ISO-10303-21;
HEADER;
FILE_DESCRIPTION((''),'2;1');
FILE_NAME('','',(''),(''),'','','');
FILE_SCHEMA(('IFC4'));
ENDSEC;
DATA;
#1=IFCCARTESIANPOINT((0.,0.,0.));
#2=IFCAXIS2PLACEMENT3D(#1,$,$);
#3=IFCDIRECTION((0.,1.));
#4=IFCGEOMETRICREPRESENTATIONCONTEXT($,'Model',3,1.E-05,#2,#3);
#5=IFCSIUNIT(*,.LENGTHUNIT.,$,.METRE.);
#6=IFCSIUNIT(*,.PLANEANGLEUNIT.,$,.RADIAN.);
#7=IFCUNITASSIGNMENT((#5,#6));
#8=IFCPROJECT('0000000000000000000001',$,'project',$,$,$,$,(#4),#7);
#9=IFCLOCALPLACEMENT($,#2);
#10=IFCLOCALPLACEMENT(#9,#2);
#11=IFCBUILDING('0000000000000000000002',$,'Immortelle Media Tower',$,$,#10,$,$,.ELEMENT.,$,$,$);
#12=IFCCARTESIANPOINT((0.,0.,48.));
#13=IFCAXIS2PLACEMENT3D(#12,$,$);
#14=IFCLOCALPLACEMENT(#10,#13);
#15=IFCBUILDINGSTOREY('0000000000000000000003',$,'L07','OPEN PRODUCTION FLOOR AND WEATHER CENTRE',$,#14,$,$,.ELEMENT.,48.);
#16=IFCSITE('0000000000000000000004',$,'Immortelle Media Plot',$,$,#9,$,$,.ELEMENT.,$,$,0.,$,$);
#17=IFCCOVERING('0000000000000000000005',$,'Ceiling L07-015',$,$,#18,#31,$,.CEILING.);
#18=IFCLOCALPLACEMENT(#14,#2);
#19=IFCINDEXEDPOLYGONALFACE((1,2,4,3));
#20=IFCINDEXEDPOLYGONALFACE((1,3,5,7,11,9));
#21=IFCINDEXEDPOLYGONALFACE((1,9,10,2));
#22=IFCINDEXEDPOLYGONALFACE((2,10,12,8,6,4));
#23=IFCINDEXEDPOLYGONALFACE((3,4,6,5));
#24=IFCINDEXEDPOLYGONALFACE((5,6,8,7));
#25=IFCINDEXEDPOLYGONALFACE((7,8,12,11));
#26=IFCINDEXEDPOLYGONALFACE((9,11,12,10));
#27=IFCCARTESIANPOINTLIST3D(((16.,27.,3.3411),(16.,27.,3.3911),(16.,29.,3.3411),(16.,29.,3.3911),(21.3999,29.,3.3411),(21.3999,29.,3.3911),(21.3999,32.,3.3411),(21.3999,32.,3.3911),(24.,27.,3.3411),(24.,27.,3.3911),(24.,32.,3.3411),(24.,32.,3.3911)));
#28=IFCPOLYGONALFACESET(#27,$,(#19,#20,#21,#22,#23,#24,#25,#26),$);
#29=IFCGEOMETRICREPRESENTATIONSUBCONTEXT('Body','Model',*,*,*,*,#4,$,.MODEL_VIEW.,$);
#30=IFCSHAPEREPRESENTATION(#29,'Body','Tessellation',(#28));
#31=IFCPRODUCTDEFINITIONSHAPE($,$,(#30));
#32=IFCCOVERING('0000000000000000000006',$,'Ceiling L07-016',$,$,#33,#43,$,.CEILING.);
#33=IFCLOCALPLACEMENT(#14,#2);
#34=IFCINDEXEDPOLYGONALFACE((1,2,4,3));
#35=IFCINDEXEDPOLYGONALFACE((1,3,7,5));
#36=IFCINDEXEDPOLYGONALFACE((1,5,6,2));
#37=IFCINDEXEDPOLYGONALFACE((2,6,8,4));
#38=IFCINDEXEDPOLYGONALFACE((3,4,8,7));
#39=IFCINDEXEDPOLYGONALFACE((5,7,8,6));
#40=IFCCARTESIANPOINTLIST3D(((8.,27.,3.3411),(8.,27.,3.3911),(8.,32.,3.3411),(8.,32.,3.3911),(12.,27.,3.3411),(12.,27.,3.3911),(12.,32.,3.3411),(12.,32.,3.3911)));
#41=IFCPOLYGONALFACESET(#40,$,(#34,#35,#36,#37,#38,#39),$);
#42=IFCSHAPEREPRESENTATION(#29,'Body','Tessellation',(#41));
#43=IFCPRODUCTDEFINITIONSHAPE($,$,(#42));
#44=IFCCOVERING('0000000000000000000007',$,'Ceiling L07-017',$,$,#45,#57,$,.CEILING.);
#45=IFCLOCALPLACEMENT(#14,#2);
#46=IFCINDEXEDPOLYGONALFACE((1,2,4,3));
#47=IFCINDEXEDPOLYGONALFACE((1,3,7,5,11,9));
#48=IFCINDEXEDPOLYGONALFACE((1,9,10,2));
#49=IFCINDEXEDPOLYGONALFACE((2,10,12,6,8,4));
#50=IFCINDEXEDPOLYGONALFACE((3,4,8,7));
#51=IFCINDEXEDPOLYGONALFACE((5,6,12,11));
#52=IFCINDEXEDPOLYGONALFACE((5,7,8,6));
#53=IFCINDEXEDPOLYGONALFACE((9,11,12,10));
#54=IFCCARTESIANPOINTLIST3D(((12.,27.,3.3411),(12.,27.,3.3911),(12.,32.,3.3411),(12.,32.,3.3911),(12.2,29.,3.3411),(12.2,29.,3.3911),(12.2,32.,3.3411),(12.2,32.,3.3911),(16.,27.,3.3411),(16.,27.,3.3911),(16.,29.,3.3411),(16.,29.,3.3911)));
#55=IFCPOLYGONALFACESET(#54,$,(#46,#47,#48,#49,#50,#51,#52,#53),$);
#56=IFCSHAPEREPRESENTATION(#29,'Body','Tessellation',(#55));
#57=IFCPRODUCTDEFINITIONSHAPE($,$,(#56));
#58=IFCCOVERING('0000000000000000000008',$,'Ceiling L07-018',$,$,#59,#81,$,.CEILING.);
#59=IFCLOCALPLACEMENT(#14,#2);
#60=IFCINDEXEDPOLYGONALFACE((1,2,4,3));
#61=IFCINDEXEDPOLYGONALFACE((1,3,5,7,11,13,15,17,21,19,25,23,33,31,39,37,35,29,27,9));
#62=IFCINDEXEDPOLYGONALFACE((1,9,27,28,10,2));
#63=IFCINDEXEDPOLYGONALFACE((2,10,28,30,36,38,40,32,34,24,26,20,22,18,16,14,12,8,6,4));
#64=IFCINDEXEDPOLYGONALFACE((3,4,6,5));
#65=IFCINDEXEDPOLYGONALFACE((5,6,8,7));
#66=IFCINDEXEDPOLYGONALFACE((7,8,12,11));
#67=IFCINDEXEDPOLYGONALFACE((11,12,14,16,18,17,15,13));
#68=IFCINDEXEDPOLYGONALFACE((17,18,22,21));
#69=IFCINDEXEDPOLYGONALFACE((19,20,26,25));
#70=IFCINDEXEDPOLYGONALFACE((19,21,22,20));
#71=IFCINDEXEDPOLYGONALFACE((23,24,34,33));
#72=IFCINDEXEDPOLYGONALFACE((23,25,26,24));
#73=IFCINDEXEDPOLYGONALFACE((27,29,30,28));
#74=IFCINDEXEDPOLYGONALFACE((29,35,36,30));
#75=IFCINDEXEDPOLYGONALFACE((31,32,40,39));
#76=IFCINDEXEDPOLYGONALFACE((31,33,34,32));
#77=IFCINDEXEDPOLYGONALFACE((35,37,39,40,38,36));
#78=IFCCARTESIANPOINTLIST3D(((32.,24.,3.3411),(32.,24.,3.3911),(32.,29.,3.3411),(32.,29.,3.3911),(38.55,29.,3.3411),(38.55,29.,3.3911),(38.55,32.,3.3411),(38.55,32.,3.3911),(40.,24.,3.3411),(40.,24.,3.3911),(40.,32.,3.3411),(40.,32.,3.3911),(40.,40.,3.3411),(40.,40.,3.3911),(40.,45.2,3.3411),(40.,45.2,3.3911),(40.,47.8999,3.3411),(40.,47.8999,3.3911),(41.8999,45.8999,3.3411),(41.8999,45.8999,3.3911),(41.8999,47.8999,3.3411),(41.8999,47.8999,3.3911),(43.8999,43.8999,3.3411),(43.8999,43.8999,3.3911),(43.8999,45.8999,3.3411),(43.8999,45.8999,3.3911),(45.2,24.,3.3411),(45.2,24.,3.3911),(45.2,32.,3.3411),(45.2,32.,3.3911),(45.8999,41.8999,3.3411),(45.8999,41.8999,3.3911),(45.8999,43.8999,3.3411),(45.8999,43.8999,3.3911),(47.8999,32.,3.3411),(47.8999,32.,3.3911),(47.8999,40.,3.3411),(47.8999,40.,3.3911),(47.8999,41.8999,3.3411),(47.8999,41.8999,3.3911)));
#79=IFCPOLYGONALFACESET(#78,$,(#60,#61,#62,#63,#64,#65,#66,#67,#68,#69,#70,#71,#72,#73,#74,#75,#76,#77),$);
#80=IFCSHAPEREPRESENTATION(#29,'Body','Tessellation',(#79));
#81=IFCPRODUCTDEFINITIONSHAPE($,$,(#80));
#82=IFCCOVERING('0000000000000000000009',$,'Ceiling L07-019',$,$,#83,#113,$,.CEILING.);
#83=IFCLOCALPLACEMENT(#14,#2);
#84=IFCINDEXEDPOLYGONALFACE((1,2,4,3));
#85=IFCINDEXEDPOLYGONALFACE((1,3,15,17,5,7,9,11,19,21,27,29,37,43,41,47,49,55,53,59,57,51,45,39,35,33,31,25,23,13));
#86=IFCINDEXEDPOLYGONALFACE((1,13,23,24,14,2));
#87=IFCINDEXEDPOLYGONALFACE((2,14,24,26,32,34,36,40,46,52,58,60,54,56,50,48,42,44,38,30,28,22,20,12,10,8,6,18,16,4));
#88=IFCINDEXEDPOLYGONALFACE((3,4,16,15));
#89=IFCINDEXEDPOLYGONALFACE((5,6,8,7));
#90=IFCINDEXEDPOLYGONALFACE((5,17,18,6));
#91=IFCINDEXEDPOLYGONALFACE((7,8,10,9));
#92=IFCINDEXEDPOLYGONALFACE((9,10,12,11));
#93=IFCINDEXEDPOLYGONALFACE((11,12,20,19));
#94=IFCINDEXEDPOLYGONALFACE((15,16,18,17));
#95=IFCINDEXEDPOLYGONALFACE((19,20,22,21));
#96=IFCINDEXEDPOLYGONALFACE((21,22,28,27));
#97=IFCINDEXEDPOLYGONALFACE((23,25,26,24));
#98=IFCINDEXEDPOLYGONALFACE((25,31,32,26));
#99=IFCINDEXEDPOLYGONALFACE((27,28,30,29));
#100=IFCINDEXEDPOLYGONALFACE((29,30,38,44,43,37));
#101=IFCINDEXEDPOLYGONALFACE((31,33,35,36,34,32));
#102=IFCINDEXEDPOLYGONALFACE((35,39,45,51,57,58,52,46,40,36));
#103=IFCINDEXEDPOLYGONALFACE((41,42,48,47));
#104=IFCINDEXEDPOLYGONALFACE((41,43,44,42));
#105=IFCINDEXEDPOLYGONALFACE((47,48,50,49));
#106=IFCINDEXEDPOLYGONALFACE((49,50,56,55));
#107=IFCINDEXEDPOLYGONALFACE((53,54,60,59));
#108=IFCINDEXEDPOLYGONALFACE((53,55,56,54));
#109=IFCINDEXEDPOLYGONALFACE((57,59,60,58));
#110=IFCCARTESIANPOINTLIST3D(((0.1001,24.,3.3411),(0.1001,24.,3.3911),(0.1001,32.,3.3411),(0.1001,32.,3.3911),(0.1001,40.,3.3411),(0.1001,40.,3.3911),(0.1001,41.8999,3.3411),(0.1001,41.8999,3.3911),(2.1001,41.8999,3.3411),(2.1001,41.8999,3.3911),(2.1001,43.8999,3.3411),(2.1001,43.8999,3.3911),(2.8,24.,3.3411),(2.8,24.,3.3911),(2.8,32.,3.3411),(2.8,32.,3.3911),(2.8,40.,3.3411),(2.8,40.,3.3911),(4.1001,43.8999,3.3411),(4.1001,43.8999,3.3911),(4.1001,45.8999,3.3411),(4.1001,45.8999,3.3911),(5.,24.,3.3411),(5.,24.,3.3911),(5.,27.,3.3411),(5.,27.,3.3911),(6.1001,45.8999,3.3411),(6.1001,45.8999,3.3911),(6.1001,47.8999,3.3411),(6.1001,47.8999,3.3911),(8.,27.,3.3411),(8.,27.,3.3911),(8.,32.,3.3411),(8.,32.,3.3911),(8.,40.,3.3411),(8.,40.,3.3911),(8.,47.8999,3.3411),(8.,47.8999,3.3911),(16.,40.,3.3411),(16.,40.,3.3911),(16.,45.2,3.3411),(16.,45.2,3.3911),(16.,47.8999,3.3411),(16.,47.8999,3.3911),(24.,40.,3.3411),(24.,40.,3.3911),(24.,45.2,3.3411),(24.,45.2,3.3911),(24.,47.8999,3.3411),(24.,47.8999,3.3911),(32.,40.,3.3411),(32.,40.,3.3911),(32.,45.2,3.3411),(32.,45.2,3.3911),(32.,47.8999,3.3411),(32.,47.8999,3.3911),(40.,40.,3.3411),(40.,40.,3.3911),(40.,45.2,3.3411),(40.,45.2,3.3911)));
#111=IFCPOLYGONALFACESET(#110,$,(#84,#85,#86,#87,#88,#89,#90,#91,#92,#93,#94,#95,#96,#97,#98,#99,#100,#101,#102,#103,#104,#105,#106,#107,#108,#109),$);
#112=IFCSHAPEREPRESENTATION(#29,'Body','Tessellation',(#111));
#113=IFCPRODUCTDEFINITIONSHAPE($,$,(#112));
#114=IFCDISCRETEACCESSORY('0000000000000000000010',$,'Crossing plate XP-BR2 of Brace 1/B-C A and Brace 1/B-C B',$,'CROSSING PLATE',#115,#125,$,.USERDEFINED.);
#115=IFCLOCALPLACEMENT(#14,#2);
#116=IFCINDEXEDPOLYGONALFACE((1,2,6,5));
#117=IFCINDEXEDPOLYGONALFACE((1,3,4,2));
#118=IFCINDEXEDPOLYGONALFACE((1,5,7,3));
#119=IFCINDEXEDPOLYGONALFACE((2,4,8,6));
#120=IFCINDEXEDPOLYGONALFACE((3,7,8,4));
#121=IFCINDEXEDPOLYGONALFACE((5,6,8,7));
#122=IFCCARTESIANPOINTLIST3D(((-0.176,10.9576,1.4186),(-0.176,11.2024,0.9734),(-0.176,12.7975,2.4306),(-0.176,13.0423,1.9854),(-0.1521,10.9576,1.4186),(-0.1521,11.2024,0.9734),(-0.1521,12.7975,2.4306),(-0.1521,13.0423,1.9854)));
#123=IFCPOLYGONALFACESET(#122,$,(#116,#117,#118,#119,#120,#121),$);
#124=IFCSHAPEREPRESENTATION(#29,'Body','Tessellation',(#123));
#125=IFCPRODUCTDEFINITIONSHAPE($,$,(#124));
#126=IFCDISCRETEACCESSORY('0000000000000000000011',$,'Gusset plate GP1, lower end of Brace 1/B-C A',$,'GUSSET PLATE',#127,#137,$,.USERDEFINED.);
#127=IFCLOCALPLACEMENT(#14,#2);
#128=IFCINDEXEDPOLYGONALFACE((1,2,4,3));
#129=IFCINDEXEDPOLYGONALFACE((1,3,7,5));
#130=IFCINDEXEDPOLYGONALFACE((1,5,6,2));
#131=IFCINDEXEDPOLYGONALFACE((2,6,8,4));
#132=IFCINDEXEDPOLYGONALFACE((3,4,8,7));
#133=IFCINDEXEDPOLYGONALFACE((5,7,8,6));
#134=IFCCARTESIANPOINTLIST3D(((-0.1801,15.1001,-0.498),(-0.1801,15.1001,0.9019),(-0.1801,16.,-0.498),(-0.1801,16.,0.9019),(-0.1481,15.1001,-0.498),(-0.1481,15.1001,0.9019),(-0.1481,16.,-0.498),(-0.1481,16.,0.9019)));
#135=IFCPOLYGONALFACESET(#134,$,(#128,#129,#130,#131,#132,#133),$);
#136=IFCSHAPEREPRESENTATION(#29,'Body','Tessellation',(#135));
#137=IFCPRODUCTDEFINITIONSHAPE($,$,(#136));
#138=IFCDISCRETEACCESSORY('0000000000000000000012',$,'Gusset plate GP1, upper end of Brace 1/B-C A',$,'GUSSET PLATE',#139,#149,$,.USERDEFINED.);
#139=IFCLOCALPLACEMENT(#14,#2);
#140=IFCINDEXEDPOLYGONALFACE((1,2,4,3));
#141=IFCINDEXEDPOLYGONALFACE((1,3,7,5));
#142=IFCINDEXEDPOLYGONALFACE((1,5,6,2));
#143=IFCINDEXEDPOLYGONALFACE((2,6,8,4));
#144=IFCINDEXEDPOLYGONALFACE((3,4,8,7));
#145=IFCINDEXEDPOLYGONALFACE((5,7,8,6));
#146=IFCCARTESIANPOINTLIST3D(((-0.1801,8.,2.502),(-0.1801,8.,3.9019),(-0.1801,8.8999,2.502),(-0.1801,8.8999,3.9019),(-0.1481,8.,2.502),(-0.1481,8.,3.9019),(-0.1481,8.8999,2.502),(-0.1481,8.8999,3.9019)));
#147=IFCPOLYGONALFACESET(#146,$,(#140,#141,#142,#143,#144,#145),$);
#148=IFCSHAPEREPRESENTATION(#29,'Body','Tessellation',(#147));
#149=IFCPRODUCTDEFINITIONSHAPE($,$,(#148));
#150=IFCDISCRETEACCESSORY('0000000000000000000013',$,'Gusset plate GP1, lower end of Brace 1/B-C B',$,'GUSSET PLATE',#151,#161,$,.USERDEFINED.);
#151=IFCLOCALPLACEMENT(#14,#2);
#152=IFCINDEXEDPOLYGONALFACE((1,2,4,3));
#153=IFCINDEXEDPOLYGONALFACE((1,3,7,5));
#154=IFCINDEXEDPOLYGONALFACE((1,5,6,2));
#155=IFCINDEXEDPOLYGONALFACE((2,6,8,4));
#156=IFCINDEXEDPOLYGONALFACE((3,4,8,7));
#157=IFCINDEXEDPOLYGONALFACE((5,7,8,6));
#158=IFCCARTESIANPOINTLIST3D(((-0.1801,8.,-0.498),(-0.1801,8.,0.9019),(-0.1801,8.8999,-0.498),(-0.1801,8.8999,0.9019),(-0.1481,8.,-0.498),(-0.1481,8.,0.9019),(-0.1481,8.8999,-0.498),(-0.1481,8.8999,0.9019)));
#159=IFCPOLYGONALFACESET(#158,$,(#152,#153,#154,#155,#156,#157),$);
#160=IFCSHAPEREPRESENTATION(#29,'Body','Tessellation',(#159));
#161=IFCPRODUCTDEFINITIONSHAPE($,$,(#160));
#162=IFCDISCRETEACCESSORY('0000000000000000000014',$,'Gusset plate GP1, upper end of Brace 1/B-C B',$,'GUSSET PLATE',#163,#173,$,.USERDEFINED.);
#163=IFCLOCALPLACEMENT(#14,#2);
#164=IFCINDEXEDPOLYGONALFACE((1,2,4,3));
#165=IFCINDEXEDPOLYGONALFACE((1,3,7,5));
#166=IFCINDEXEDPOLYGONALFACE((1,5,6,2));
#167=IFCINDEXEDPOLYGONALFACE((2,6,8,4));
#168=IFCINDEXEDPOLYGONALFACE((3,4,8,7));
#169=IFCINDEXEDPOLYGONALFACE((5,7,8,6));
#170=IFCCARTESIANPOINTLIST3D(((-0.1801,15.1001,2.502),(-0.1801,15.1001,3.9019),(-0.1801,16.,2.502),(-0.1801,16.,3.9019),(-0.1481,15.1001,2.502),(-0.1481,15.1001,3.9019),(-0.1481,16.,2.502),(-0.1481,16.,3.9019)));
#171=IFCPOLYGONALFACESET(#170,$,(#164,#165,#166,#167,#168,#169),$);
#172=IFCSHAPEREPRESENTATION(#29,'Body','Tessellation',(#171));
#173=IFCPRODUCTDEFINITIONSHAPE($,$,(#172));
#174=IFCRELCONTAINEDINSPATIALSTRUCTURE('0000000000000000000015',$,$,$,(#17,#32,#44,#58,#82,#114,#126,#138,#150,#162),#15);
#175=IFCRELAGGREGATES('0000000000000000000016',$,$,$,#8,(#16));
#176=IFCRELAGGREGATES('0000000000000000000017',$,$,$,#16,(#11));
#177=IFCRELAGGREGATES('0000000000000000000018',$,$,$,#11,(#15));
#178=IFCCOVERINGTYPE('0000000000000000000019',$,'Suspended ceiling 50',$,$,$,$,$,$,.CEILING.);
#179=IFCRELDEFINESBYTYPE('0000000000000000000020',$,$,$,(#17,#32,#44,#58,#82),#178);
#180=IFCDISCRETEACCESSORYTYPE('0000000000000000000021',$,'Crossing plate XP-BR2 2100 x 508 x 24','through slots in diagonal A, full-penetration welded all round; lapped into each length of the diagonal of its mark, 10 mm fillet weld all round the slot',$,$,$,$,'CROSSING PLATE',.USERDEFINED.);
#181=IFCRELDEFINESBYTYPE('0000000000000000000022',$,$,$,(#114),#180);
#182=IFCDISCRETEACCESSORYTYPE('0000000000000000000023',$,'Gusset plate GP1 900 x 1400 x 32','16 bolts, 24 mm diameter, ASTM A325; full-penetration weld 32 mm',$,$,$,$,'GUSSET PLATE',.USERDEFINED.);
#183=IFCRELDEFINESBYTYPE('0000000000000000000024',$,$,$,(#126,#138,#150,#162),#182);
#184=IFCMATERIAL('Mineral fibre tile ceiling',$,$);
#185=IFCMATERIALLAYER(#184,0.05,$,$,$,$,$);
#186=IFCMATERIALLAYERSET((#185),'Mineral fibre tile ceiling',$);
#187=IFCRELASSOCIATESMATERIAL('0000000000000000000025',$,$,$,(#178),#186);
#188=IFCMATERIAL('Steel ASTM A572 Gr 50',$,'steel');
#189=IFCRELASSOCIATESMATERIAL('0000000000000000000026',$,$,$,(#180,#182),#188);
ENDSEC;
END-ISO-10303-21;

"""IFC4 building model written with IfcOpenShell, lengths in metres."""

from ifc_helpers import new_model, si_unit, direction, frame, origin, origin_2d, place, context, subcontext, project, spatial, polyline, rectangle, outline, extrude, material, layer, layer_set, material_profile, profile_set, type_object, element, save


model = new_model("IFC4")

# Units and contexts
model_context = context("Model", 3, precision=1e-05, world=origin(), true_north=direction((0.0, 1.0)))
body_context = subcontext(model_context, "Body", "Model", "MODEL_VIEW")
ifc_project = project(units=[si_unit("LENGTHUNIT", "METRE"), si_unit("PLANEANGLEUNIT", "RADIAN")], contexts=[model_context])

# Site, building, storey
site_placement = place(None, origin())
site = spatial("IfcSite", under=ifc_project, at=site_placement, Name="Immortelle Media Plot", CompositionType="ELEMENT", RefElevation=0.0)
building_placement = place(site_placement, origin())
building = spatial("IfcBuilding", under=site, at=building_placement, Name="Immortelle Media Tower", CompositionType="ELEMENT")
storey_placement = place(building_placement, frame((0.0, 0.0, 48.0)))
storey = spatial("IfcBuildingStorey", under=building, at=storey_placement, Name="L07", Description="OPEN PRODUCTION FLOOR AND WEATHER CENTRE", CompositionType="ELEMENT", Elevation=48.0)

# Coverings
ifc_material_1 = material(Name="Mineral fibre tile ceiling")
ifc_layer_1 = layer(ifc_material_1, 0.05)
ifc_layer_set_1 = layer_set([ifc_layer_1], Name="Mineral fibre tile ceiling")
covering_type = type_object("IfcCoveringType", Name="Suspended ceiling 50", PredefinedType="CEILING", material=ifc_layer_set_1)
covering_1_placement = place(storey_placement, frame((0.0, 0.0, 3.3411)))
element("IfcCovering", 1, at=covering_1_placement, inside=storey, type_object=covering_type, Name="Ceiling L07-015", PredefinedType="CEILING", context=body_context, shape_type="SweptSolid", body=[
    extrude(outline(polyline([(16.0, 27.0), (16.0, 29.0), (21.3999, 29.0), (21.3999, 32.0), (24.0, 32.0), (24.0, 27.0), (16.0, 27.0)])), origin(), (0.0, 0.0, 1.0), 0.05),
])
covering_2_placement = place(storey_placement, frame((0.0, 0.0, 3.3411)))
element("IfcCovering", 2, at=covering_2_placement, inside=storey, type_object=covering_type, Name="Ceiling L07-016", PredefinedType="CEILING", context=body_context, shape_type="SweptSolid", body=[
    extrude(outline(polyline([(8.0, 32.0), (12.0, 32.0), (12.0, 27.0), (8.0, 27.0), (8.0, 32.0)])), origin(), (0.0, 0.0, 1.0), 0.05),
])
covering_3_placement = place(storey_placement, frame((0.0, 0.0, 3.3411)))
element("IfcCovering", 3, at=covering_3_placement, inside=storey, type_object=covering_type, Name="Ceiling L07-017", PredefinedType="CEILING", context=body_context, shape_type="SweptSolid", body=[
    extrude(outline(polyline([(12.2, 32.0), (12.2, 29.0), (16.0, 29.0), (16.0, 27.0), (12.0, 27.0), (12.0, 32.0), (12.2, 32.0)])), origin(), (0.0, 0.0, 1.0), 0.05),
])
covering_4_placement = place(storey_placement, frame((0.0, 0.0, 3.3411)))
element("IfcCovering", 4, at=covering_4_placement, inside=storey, type_object=covering_type, Name="Ceiling L07-018", PredefinedType="CEILING", context=body_context, shape_type="SweptSolid", body=[
    extrude(outline(polyline([(38.55, 32.0), (40.0, 32.0), (40.0, 40.0), (40.0, 45.2), (40.0, 47.8999), (41.8999, 47.8999), (41.8999, 45.8999), (43.8999, 45.8999), (43.8999, 43.8999), (45.8999, 43.8999), (45.8999, 41.8999), (47.8999, 41.8999), (47.8999, 40.0), (47.8999, 32.0), (45.2, 32.0), (45.2, 24.0), (40.0, 24.0), (32.0, 24.0), (32.0, 29.0), (38.55, 29.0), (38.55, 32.0)])), origin(), (0.0, 0.0, 1.0), 0.05),
])
covering_5_placement = place(storey_placement, frame((0.0, 0.0, 3.3411)))
element("IfcCovering", 5, at=covering_5_placement, inside=storey, type_object=covering_type, Name="Ceiling L07-019", PredefinedType="CEILING", context=body_context, shape_type="SweptSolid", body=[
    extrude(outline(polyline([(2.8, 40.0), (0.1001, 40.0), (0.1001, 41.8999), (2.1001, 41.8999), (2.1001, 43.8999), (4.1001, 43.8999), (4.1001, 45.8999), (6.1001, 45.8999), (6.1001, 47.8999), (8.0, 47.8999), (16.0, 47.8999), (16.0, 45.2), (24.0, 45.2), (24.0, 47.8999), (32.0, 47.8999), (32.0, 45.2), (40.0, 45.2), (40.0, 40.0), (32.0, 40.0), (24.0, 40.0), (16.0, 40.0), (8.0, 40.0), (8.0, 32.0), (8.0, 27.0), (5.0, 27.0), (5.0, 24.0), (2.8, 24.0), (0.1001, 24.0), (0.1001, 32.0), (2.8, 32.0), (2.8, 40.0)])), origin(), (0.0, 0.0, 1.0), 0.05),
])

# Discrete accessories
ifc_material_2 = material(Name="Steel ASTM A572 Gr 50", Category="steel")
ifc_material_profile_1 = material_profile(ifc_material_2, rectangle(XDim=0.0239, YDim=0.5081, at=origin_2d()), Name="PL 24 x 508")
ifc_profile_set_1 = profile_set([ifc_material_profile_1], Name="Steel ASTM A572 Gr 50")
discrete_accessory_type_1 = type_object("IfcDiscreteAccessoryType", Name="Crossing plate XP-BR2 2100 x 508 x 24", Description="through slots in diagonal A, full-penetration welded all round; lapped into each length of the diagonal of its mark, 10 mm fillet weld all round the slot", ElementType="CROSSING PLATE", PredefinedType="USERDEFINED", material=ifc_profile_set_1)
discrete_accessory_placement = place(storey_placement, frame((-0.1641, 12.9199, 2.208), z_axis=(0.0, -0.876206, -0.481937), x_axis=(1.0, 0.0, 0.0)))
element("IfcDiscreteAccessory", 6, at=discrete_accessory_placement, inside=storey, type_object=discrete_accessory_type_1, Name="Crossing plate XP-BR2 of Brace 1/B-C A and Brace 1/B-C B", ObjectType="CROSSING PLATE", PredefinedType="USERDEFINED", context=body_context, shape_type="SweptSolid", body=[
    extrude(rectangle(XDim=0.0239, YDim=0.5081, at=origin_2d()), origin(), (0.0, 0.0, 1.0), 2.0999),
])
ifc_material_profile_2 = material_profile(ifc_material_2, rectangle(XDim=0.032, YDim=1.3999, at=origin_2d()), Name="PL 32 x 1400")
ifc_profile_set_2 = profile_set([ifc_material_profile_2], Name="Steel ASTM A572 Gr 50")
discrete_accessory_type_2 = type_object("IfcDiscreteAccessoryType", Name="Gusset plate GP1 900 x 1400 x 32", Description="16 bolts, 24 mm diameter, ASTM A325; full-penetration weld 32 mm", ElementType="GUSSET PLATE", PredefinedType="USERDEFINED", material=ifc_profile_set_2)
for number, where, z_axis, x_axis, name in (
    (7, (-0.1641, 16.0, 0.2019), (0.0, -1.0, 0.0), (1.0, 0.0, 0.0), "Gusset plate GP1, lower end of Brace 1/B-C A"),
    (8, (-0.1641, 8.0, 3.2019), (0.0, 1.0, 0.0), (-1.0, 0.0, 0.0), "Gusset plate GP1, upper end of Brace 1/B-C A"),
    (9, (-0.1641, 8.0, 0.2019), (0.0, 1.0, 0.0), (-1.0, 0.0, 0.0), "Gusset plate GP1, lower end of Brace 1/B-C B"),
    (10, (-0.1641, 16.0, 3.2019), (0.0, -1.0, 0.0), (1.0, 0.0, 0.0), "Gusset plate GP1, upper end of Brace 1/B-C B"),
):
    element("IfcDiscreteAccessory", number, at=place(storey_placement, frame(where, z_axis=z_axis, x_axis=x_axis)), inside=storey, type_object=discrete_accessory_type_2, Name=name, ObjectType="GUSSET PLATE", PredefinedType="USERDEFINED", context=body_context, shape_type="SweptSolid", body=[
        extrude(rectangle(XDim=0.032, YDim=1.3999, at=origin_2d()), origin(), (0.0, 0.0, 1.0), 0.8999),
    ])

save(model, "model.ifc")
